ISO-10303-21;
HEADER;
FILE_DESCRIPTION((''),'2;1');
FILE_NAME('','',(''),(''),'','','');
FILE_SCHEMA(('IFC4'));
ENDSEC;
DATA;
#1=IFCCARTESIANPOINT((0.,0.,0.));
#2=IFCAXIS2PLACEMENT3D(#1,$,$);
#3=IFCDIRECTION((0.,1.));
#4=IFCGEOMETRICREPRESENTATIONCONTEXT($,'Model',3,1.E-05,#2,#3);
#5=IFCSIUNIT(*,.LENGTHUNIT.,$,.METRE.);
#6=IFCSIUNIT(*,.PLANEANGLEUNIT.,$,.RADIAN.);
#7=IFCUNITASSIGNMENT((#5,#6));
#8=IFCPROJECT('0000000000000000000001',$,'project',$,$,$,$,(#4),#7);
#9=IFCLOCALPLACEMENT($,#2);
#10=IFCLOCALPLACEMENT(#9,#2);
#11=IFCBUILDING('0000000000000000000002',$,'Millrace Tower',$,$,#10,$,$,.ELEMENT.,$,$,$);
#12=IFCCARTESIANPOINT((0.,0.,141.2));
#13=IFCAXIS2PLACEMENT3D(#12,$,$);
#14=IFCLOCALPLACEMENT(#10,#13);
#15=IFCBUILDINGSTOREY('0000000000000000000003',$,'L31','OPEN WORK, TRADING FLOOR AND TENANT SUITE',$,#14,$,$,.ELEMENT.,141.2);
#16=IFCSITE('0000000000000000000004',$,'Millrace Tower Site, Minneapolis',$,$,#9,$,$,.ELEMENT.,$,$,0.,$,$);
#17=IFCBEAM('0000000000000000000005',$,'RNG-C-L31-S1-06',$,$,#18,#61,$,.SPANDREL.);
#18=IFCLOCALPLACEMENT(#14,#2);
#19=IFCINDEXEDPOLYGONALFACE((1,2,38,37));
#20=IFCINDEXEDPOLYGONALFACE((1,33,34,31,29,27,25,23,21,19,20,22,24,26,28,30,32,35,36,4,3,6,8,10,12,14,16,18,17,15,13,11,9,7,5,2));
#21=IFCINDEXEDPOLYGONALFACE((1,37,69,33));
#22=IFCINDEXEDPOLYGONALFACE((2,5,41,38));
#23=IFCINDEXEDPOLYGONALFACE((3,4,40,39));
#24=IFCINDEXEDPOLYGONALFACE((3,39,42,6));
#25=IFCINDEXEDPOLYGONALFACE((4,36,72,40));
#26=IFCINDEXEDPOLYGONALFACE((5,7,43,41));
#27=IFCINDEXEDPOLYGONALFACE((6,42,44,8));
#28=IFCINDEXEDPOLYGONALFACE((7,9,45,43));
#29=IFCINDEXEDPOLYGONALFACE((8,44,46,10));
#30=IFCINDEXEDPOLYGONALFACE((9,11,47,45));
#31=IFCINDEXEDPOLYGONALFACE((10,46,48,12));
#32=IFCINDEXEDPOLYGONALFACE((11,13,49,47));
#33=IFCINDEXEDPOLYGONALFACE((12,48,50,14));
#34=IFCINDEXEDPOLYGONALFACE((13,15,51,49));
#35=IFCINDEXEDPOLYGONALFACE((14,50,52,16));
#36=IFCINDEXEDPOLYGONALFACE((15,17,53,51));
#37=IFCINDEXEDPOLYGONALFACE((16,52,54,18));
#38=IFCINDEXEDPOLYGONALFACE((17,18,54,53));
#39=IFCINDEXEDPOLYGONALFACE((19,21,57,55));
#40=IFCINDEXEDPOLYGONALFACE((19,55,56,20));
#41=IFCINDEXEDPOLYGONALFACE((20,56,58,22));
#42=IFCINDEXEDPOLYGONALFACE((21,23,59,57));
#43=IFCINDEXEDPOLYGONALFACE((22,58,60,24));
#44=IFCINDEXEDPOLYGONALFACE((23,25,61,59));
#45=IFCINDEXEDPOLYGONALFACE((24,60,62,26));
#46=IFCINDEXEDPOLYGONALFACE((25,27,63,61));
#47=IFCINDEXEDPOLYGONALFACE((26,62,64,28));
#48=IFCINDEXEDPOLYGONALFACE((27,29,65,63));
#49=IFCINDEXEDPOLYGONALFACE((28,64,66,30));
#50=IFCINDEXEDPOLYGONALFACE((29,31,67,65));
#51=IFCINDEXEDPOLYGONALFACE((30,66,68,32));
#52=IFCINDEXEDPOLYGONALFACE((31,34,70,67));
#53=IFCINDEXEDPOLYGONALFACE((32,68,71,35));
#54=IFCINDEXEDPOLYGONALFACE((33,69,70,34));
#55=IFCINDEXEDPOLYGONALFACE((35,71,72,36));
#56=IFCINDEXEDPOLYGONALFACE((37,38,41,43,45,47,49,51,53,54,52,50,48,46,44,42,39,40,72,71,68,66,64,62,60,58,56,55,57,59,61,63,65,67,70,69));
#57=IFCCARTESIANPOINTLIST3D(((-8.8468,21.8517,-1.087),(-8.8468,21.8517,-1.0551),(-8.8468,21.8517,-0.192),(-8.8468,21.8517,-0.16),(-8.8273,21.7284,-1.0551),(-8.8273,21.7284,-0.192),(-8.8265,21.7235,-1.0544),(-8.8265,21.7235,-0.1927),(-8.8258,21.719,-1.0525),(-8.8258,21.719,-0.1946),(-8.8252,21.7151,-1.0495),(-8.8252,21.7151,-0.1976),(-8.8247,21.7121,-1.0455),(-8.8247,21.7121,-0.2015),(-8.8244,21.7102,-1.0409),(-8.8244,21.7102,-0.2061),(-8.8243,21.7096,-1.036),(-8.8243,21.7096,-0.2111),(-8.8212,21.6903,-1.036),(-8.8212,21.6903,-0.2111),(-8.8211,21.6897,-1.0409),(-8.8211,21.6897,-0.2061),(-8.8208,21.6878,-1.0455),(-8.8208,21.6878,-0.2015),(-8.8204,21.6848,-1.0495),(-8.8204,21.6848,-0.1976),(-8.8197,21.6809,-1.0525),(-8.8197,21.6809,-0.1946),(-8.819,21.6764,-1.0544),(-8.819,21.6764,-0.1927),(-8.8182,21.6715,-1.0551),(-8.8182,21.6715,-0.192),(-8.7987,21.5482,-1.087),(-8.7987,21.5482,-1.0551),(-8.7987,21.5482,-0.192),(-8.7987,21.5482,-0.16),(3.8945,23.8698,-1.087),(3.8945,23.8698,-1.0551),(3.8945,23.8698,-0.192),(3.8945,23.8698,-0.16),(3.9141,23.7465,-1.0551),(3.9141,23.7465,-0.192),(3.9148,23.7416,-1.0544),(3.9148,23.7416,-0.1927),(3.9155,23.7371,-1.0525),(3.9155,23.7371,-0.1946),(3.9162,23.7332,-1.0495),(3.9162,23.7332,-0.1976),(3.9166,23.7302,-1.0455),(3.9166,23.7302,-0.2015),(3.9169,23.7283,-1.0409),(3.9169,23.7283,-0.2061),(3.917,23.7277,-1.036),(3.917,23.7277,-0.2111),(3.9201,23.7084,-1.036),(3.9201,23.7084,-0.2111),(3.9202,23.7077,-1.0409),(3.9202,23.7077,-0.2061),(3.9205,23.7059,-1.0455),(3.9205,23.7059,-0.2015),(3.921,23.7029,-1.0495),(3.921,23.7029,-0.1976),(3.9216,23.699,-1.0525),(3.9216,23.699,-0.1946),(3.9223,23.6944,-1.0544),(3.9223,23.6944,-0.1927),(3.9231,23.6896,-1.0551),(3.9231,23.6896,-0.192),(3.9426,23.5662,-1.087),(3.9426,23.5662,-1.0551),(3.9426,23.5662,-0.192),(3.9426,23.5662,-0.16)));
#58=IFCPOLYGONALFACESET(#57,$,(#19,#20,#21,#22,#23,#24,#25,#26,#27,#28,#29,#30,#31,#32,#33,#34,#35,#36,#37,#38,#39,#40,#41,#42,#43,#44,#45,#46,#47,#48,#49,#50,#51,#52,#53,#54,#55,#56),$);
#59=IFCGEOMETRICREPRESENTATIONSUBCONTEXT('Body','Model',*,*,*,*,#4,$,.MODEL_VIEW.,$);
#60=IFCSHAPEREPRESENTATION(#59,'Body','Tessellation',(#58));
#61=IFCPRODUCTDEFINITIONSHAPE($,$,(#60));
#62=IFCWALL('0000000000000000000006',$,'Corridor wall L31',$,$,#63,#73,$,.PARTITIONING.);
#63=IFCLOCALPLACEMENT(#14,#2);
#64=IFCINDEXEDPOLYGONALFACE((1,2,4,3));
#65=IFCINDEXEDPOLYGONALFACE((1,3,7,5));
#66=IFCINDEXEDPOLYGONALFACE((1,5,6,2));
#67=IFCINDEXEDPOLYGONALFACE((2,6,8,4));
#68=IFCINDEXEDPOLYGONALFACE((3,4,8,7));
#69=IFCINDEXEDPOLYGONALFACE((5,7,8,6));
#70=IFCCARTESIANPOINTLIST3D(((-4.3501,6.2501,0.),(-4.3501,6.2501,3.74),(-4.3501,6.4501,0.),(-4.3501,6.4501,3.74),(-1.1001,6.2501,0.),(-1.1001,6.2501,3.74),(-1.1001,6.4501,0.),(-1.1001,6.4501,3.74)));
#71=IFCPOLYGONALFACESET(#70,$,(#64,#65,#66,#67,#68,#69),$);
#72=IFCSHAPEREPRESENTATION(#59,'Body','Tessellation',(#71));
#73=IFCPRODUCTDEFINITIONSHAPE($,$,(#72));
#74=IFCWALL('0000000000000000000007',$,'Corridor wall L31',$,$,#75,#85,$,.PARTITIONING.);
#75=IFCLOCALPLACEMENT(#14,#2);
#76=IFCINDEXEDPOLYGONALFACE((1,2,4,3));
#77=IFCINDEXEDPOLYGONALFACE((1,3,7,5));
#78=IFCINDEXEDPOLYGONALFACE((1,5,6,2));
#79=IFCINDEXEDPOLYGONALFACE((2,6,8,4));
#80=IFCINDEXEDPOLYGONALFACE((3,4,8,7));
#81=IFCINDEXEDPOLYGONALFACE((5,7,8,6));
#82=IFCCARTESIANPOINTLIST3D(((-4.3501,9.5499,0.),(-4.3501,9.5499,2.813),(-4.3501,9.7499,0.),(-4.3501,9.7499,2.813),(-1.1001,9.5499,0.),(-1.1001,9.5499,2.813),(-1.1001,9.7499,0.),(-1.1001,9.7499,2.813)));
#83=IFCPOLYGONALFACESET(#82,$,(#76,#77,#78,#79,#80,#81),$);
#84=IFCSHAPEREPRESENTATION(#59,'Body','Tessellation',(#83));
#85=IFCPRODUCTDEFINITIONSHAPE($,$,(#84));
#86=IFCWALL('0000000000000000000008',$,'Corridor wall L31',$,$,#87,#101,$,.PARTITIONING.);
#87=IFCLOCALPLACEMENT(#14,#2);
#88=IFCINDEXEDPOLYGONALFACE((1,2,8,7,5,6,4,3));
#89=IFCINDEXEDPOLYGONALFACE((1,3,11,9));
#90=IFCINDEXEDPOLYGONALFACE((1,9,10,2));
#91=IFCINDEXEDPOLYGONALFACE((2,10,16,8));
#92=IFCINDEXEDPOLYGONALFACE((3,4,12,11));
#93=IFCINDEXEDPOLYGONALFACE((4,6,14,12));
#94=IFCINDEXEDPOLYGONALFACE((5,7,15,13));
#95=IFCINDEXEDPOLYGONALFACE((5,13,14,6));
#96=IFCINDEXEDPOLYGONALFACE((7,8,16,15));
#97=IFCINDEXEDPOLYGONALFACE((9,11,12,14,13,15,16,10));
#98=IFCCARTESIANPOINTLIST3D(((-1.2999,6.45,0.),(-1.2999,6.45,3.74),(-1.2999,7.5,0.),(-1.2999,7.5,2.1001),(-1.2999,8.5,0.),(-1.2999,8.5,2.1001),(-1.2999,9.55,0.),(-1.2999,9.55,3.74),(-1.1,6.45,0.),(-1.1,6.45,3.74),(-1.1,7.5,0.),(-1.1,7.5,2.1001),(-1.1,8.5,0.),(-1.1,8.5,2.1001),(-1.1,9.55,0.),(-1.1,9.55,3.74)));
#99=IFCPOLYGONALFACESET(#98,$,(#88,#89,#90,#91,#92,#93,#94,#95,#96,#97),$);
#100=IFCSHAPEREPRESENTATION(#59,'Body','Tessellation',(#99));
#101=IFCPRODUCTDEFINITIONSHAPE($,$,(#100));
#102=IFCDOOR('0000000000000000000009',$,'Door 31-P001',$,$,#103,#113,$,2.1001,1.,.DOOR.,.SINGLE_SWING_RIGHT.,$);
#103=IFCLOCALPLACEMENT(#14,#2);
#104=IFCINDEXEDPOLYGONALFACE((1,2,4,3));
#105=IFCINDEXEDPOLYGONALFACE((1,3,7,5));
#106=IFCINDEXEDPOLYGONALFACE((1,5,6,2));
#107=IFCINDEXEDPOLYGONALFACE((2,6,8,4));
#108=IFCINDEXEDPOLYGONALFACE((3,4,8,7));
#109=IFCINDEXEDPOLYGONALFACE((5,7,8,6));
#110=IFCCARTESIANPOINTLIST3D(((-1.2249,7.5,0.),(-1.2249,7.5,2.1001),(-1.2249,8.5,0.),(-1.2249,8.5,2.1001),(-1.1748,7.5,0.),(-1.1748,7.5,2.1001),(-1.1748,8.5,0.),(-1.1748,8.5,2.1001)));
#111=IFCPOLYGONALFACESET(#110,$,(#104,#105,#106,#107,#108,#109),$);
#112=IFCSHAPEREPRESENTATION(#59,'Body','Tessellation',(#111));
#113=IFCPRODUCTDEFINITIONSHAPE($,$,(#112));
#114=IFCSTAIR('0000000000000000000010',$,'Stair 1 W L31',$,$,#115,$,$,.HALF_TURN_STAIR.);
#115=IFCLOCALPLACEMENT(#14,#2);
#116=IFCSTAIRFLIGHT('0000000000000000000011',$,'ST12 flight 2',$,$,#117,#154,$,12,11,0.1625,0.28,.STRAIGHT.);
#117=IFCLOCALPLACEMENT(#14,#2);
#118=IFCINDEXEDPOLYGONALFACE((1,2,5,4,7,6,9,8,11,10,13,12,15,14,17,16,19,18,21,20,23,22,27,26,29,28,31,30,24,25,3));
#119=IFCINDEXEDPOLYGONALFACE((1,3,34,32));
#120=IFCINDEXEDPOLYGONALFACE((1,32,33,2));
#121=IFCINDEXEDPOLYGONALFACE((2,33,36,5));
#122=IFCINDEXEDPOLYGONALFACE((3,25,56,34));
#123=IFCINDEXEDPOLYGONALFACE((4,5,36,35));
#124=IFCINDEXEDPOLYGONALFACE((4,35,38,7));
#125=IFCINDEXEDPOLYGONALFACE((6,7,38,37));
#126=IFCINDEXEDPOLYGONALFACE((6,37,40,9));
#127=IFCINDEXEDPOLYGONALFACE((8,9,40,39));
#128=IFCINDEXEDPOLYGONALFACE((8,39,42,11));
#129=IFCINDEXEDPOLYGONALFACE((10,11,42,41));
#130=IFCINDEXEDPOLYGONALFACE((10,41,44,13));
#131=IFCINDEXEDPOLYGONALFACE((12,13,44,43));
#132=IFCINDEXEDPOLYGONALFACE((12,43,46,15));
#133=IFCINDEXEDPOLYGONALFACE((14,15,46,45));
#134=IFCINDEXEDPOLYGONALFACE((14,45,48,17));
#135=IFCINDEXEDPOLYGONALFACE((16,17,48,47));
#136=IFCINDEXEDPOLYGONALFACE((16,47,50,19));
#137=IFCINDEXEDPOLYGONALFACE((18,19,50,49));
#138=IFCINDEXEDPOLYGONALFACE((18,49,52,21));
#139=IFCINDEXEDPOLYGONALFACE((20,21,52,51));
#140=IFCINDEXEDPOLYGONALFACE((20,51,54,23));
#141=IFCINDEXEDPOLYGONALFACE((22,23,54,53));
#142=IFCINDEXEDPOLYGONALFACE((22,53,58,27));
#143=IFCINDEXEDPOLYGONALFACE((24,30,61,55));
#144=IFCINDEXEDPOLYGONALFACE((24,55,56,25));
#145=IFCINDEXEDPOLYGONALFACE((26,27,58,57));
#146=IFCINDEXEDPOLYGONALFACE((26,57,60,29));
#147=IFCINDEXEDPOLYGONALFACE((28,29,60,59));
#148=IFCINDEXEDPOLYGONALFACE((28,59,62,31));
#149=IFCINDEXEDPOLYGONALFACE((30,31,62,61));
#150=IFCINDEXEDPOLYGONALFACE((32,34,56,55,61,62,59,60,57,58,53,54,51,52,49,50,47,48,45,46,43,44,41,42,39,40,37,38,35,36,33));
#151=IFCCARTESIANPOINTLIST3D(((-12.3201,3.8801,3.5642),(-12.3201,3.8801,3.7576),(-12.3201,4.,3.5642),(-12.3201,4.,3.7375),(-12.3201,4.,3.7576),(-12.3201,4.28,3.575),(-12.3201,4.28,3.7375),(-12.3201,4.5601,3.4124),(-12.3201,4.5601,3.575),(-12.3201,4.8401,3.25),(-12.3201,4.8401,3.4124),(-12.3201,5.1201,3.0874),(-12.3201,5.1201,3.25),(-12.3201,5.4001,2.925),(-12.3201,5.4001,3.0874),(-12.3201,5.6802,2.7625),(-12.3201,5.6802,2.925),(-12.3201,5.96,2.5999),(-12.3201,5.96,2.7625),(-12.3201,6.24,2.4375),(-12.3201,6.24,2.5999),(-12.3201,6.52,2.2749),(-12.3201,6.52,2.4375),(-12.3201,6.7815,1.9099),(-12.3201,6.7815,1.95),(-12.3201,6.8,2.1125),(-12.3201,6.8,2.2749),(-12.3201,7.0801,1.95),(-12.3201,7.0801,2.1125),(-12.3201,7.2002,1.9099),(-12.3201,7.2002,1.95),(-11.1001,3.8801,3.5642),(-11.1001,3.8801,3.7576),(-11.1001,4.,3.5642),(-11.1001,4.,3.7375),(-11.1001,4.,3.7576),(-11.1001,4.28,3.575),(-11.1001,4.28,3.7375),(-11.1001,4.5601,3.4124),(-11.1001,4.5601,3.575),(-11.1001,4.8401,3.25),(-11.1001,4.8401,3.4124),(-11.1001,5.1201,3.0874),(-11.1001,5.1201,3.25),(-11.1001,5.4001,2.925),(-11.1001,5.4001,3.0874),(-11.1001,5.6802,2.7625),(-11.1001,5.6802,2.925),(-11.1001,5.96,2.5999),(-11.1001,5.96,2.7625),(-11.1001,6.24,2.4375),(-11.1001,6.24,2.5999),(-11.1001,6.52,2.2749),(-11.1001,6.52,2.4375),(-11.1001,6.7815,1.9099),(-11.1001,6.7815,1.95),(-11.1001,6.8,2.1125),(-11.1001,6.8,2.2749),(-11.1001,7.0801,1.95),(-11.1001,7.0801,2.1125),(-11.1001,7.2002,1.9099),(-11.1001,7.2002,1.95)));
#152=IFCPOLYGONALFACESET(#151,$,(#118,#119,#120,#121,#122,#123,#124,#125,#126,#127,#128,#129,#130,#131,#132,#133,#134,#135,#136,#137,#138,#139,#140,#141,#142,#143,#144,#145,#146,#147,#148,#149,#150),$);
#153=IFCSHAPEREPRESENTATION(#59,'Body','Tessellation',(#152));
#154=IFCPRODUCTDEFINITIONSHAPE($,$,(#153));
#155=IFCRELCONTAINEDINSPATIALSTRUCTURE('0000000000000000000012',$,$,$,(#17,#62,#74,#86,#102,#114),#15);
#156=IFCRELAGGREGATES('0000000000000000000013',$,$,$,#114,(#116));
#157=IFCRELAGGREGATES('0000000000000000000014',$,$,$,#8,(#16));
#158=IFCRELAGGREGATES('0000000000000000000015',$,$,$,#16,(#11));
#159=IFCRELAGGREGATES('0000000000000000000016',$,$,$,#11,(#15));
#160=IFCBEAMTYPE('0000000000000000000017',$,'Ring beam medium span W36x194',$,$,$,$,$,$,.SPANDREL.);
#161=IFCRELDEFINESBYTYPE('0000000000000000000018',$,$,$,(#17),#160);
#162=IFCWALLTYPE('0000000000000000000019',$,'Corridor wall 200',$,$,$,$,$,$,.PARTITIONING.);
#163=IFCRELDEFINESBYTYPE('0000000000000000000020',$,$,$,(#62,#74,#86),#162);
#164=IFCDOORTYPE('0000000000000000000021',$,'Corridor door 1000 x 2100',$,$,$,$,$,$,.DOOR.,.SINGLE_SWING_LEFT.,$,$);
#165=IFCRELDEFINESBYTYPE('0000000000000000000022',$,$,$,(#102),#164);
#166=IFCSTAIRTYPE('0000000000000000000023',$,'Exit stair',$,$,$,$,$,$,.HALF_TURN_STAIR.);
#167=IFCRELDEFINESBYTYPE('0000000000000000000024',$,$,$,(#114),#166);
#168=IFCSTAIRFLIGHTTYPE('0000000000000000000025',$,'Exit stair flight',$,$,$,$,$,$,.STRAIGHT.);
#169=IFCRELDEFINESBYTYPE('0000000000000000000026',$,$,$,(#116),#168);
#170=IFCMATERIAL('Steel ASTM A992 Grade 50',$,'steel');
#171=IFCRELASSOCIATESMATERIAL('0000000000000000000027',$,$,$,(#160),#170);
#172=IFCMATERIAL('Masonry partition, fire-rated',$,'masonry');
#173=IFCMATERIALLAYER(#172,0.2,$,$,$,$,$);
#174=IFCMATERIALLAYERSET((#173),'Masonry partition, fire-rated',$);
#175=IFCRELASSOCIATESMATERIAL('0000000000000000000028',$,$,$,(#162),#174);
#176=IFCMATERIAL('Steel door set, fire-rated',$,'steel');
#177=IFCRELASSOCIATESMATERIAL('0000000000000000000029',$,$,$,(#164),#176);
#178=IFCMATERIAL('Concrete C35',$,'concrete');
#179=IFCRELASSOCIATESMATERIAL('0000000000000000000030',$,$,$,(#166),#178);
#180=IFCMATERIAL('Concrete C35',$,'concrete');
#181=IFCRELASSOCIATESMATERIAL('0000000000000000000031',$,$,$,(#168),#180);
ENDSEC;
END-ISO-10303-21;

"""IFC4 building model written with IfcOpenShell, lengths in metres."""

from ifc_helpers import new_model, si_unit, direction, frame, frame_2d, origin, origin_2d, place, context, subcontext, project, spatial, polyline, rectangle, i_section, outline, extrude, material, layer, layer_set, material_profile, profile_set, type_object, element, fill, aggregate, save


model = new_model("IFC4")

# Units and contexts
model_context = context("Model", 3, precision=1e-05, world=origin(), true_north=direction((0.0, 1.0)))
body_context = subcontext(model_context, "Body", "Model", "MODEL_VIEW")
ifc_project = project(units=[si_unit("LENGTHUNIT", "METRE"), si_unit("PLANEANGLEUNIT", "RADIAN")], contexts=[model_context])

# Site, building, storey
site_placement = place(None, origin())
site = spatial("IfcSite", under=ifc_project, at=site_placement, Name="Millrace Tower Site, Minneapolis", CompositionType="ELEMENT", RefElevation=0.0)
building_placement = place(site_placement, origin())
building = spatial("IfcBuilding", under=site, at=building_placement, Name="Millrace Tower", CompositionType="ELEMENT")
storey_placement = place(building_placement, frame((0.0, 0.0, 141.2)))
storey = spatial("IfcBuildingStorey", under=building, at=storey_placement, Name="L31", Description="OPEN WORK, TRADING FLOOR AND TENANT SUITE", CompositionType="ELEMENT", Elevation=141.2)

# Shared definitions
placement = place(storey_placement, origin())

# Beam
ifc_material_1 = material(Name="Steel ASTM A992 Grade 50", Category="steel")
ifc_material_profile_1 = material_profile(ifc_material_1, i_section(OverallWidth=0.3074, OverallDepth=0.927, WebThickness=0.0195, FlangeThickness=0.032, FilletRadius=0.019, at=origin_2d()))
ifc_profile_set_1 = profile_set([ifc_material_profile_1], Name="Steel ASTM A992 Grade 50")
beam_type_1 = type_object("IfcBeamType", Name="Ring beam medium span W36x194", PredefinedType="SPANDREL", material=ifc_profile_set_1)
beam_1_placement = place(storey_placement, frame((-8.8228, 21.7, -0.6235), z_axis=(0.987688, 0.156439, 0.0), x_axis=(-0.156439, 0.987688, 0.0)))
element("IfcBeam", 1, at=beam_1_placement, inside=storey, type_object=beam_type_1, Name="RNG-C-L31-S1-06", PredefinedType="SPANDREL", context=body_context, shape_type="SweptSolid", body=[
    extrude(i_section(OverallWidth=0.3074, OverallDepth=0.927, WebThickness=0.0195, FlangeThickness=0.032, FilletRadius=0.019, at=origin_2d()), origin(), (0.0, 0.0, 1.0), 12.9001),
])

# Walls
ifc_material_2 = material(Name="Masonry partition, fire-rated", Category="masonry")
ifc_layer_1 = layer(ifc_material_2, 0.2)
ifc_layer_set_1 = layer_set([ifc_layer_1], Name="Masonry partition, fire-rated")
wall_type = type_object("IfcWallType", Name="Corridor wall 200", PredefinedType="PARTITIONING", material=ifc_layer_set_1)
wall_1_placement = place(storey_placement, frame((-4.3501, 6.3501, 0.0), z_axis=(0.0, 0.0, 1.0), x_axis=(1.0, 0.0, 0.0)))
element("IfcWall", 2, at=wall_1_placement, inside=storey, type_object=wall_type, Name="Corridor wall L31", PredefinedType="PARTITIONING", context=body_context, shape_type="SweptSolid", body=[
    extrude(rectangle(XDim=3.25, YDim=0.2, at=frame_2d((1.625, 0.0))), origin(), (0.0, 0.0, 1.0), 3.74),
])
wall_2_placement = place(storey_placement, frame((-4.3501, 9.6499, 0.0), z_axis=(0.0, 0.0, 1.0), x_axis=(1.0, 0.0, 0.0)))
element("IfcWall", 3, at=wall_2_placement, inside=storey, type_object=wall_type, Name="Corridor wall L31", PredefinedType="PARTITIONING", context=body_context, shape_type="SweptSolid", body=[
    extrude(rectangle(XDim=3.25, YDim=0.2, at=frame_2d((1.625, 0.0))), origin(), (0.0, 0.0, 1.0), 2.813),
])

# Wall, opening, door
wall_3_placement = place(storey_placement, frame((-1.2, 6.45, 0.0), z_axis=(0.0, 0.0, 1.0), x_axis=(0.0, 1.0, 0.0)))
wall_3 = element("IfcWall", 4, at=wall_3_placement, inside=storey, type_object=wall_type, Name="Corridor wall L31", PredefinedType="PARTITIONING", context=body_context, shape_type="SweptSolid", body=[
    extrude(rectangle(XDim=3.1001, YDim=0.2, at=frame_2d((1.55, 0.0))), origin(), (0.0, 0.0, 1.0), 3.74),
])
opening_placement = place(wall_3_placement, frame((1.05, 0.0, 0.0)))
opening = element("IfcOpeningElement", 5, at=opening_placement, cuts=wall_3, PredefinedType="OPENING", context=body_context, shape_type="SweptSolid", body=[
    extrude(rectangle(XDim=1.0, YDim=2.1001, at=frame_2d((0.5, 1.05))), frame((0.0, 0.1099, 0.0), z_axis=(0.0, -1.0, 0.0), x_axis=(1.0, 0.0, 0.0)), (0.0, 0.0, 1.0), 0.22),
])
ifc_material_3 = material(Name="Steel door set, fire-rated", Category="steel")
door_type = type_object("IfcDoorType", Name="Corridor door 1000 x 2100", OperationType="SINGLE_SWING_LEFT", PredefinedType="DOOR", material=ifc_material_3)
door_placement = place(opening_placement, origin())
door = element("IfcDoor", 6, at=door_placement, inside=storey, type_object=door_type, Name="Door 31-P001", OperationType="SINGLE_SWING_RIGHT", OverallHeight=2.1001, OverallWidth=1.0, PredefinedType="DOOR", context=body_context, shape_type="SweptSolid", body=[
    extrude(rectangle(XDim=1.0, YDim=2.1001, at=frame_2d((0.5, 1.05))), frame((0.0, 0.0249, 0.0), z_axis=(0.0, -1.0, 0.0), x_axis=(1.0, 0.0, 0.0)), (0.0, 0.0, 1.0), 0.05),
])
fill(opening, door)

# Stair, stair flight
ifc_material_4 = material(Name="Concrete C35", Category="concrete")
stair_type = type_object("IfcStairType", Name="Exit stair", PredefinedType="HALF_TURN_STAIR", material=ifc_material_4)
stair_1 = element("IfcStair", 7, at=placement, inside=storey, type_object=stair_type, Name="Stair 1 W L31", PredefinedType="HALF_TURN_STAIR")
ifc_material_5 = material(Name="Concrete C35", Category="concrete")
stair_flight_type = type_object("IfcStairFlightType", Name="Exit stair flight", PredefinedType="STRAIGHT", material=ifc_material_5)
stair_flight_1_placement = place(storey_placement, frame((-11.71, 7.0801, 1.95), z_axis=(0.0, 0.0, 1.0), x_axis=(0.0, -1.0, 0.0)))
stair_flight_1 = element("IfcStairFlight", 8, at=stair_flight_1_placement, type_object=stair_flight_type, Name="ST12 flight 2", NumberOfRisers=12, NumberOfTreads=11, PredefinedType="STRAIGHT", RiserHeight=0.1625, TreadLength=0.28, context=body_context, shape_type="SweptSolid", body=[
    extrude(outline(polyline([(-0.1201, -0.04), (-0.1201, 0.0), (0.0, 0.0), (0.0, 0.1626), (0.28, 0.1626), (0.28, 0.325), (0.5601, 0.325), (0.5601, 0.4875), (0.8401, 0.4875), (0.8401, 0.6499), (1.1201, 0.6499), (1.1201, 0.8125), (1.3999, 0.8125), (1.3999, 0.9751), (1.6799, 0.9751), (1.6799, 1.1375), (1.96, 1.1375), (1.96, 1.3), (2.24, 1.3), (2.24, 1.4624), (2.52, 1.4624), (2.52, 1.625), (2.8, 1.625), (2.8, 1.7876), (3.0801, 1.7876), (3.0801, 1.8076), (3.2, 1.8076), (3.2, 1.6143), (3.0801, 1.6143), (0.2986, 0.0), (0.2986, -0.04), (-0.1201, -0.04)])), frame((0.0, 0.6099, 0.0), z_axis=(0.0, -1.0, 0.0), x_axis=(1.0, 0.0, 0.0)), (0.0, 0.0, 1.0), 1.22),
])
aggregate(stair_1, [stair_flight_1])

save(model, "model.ifc")
